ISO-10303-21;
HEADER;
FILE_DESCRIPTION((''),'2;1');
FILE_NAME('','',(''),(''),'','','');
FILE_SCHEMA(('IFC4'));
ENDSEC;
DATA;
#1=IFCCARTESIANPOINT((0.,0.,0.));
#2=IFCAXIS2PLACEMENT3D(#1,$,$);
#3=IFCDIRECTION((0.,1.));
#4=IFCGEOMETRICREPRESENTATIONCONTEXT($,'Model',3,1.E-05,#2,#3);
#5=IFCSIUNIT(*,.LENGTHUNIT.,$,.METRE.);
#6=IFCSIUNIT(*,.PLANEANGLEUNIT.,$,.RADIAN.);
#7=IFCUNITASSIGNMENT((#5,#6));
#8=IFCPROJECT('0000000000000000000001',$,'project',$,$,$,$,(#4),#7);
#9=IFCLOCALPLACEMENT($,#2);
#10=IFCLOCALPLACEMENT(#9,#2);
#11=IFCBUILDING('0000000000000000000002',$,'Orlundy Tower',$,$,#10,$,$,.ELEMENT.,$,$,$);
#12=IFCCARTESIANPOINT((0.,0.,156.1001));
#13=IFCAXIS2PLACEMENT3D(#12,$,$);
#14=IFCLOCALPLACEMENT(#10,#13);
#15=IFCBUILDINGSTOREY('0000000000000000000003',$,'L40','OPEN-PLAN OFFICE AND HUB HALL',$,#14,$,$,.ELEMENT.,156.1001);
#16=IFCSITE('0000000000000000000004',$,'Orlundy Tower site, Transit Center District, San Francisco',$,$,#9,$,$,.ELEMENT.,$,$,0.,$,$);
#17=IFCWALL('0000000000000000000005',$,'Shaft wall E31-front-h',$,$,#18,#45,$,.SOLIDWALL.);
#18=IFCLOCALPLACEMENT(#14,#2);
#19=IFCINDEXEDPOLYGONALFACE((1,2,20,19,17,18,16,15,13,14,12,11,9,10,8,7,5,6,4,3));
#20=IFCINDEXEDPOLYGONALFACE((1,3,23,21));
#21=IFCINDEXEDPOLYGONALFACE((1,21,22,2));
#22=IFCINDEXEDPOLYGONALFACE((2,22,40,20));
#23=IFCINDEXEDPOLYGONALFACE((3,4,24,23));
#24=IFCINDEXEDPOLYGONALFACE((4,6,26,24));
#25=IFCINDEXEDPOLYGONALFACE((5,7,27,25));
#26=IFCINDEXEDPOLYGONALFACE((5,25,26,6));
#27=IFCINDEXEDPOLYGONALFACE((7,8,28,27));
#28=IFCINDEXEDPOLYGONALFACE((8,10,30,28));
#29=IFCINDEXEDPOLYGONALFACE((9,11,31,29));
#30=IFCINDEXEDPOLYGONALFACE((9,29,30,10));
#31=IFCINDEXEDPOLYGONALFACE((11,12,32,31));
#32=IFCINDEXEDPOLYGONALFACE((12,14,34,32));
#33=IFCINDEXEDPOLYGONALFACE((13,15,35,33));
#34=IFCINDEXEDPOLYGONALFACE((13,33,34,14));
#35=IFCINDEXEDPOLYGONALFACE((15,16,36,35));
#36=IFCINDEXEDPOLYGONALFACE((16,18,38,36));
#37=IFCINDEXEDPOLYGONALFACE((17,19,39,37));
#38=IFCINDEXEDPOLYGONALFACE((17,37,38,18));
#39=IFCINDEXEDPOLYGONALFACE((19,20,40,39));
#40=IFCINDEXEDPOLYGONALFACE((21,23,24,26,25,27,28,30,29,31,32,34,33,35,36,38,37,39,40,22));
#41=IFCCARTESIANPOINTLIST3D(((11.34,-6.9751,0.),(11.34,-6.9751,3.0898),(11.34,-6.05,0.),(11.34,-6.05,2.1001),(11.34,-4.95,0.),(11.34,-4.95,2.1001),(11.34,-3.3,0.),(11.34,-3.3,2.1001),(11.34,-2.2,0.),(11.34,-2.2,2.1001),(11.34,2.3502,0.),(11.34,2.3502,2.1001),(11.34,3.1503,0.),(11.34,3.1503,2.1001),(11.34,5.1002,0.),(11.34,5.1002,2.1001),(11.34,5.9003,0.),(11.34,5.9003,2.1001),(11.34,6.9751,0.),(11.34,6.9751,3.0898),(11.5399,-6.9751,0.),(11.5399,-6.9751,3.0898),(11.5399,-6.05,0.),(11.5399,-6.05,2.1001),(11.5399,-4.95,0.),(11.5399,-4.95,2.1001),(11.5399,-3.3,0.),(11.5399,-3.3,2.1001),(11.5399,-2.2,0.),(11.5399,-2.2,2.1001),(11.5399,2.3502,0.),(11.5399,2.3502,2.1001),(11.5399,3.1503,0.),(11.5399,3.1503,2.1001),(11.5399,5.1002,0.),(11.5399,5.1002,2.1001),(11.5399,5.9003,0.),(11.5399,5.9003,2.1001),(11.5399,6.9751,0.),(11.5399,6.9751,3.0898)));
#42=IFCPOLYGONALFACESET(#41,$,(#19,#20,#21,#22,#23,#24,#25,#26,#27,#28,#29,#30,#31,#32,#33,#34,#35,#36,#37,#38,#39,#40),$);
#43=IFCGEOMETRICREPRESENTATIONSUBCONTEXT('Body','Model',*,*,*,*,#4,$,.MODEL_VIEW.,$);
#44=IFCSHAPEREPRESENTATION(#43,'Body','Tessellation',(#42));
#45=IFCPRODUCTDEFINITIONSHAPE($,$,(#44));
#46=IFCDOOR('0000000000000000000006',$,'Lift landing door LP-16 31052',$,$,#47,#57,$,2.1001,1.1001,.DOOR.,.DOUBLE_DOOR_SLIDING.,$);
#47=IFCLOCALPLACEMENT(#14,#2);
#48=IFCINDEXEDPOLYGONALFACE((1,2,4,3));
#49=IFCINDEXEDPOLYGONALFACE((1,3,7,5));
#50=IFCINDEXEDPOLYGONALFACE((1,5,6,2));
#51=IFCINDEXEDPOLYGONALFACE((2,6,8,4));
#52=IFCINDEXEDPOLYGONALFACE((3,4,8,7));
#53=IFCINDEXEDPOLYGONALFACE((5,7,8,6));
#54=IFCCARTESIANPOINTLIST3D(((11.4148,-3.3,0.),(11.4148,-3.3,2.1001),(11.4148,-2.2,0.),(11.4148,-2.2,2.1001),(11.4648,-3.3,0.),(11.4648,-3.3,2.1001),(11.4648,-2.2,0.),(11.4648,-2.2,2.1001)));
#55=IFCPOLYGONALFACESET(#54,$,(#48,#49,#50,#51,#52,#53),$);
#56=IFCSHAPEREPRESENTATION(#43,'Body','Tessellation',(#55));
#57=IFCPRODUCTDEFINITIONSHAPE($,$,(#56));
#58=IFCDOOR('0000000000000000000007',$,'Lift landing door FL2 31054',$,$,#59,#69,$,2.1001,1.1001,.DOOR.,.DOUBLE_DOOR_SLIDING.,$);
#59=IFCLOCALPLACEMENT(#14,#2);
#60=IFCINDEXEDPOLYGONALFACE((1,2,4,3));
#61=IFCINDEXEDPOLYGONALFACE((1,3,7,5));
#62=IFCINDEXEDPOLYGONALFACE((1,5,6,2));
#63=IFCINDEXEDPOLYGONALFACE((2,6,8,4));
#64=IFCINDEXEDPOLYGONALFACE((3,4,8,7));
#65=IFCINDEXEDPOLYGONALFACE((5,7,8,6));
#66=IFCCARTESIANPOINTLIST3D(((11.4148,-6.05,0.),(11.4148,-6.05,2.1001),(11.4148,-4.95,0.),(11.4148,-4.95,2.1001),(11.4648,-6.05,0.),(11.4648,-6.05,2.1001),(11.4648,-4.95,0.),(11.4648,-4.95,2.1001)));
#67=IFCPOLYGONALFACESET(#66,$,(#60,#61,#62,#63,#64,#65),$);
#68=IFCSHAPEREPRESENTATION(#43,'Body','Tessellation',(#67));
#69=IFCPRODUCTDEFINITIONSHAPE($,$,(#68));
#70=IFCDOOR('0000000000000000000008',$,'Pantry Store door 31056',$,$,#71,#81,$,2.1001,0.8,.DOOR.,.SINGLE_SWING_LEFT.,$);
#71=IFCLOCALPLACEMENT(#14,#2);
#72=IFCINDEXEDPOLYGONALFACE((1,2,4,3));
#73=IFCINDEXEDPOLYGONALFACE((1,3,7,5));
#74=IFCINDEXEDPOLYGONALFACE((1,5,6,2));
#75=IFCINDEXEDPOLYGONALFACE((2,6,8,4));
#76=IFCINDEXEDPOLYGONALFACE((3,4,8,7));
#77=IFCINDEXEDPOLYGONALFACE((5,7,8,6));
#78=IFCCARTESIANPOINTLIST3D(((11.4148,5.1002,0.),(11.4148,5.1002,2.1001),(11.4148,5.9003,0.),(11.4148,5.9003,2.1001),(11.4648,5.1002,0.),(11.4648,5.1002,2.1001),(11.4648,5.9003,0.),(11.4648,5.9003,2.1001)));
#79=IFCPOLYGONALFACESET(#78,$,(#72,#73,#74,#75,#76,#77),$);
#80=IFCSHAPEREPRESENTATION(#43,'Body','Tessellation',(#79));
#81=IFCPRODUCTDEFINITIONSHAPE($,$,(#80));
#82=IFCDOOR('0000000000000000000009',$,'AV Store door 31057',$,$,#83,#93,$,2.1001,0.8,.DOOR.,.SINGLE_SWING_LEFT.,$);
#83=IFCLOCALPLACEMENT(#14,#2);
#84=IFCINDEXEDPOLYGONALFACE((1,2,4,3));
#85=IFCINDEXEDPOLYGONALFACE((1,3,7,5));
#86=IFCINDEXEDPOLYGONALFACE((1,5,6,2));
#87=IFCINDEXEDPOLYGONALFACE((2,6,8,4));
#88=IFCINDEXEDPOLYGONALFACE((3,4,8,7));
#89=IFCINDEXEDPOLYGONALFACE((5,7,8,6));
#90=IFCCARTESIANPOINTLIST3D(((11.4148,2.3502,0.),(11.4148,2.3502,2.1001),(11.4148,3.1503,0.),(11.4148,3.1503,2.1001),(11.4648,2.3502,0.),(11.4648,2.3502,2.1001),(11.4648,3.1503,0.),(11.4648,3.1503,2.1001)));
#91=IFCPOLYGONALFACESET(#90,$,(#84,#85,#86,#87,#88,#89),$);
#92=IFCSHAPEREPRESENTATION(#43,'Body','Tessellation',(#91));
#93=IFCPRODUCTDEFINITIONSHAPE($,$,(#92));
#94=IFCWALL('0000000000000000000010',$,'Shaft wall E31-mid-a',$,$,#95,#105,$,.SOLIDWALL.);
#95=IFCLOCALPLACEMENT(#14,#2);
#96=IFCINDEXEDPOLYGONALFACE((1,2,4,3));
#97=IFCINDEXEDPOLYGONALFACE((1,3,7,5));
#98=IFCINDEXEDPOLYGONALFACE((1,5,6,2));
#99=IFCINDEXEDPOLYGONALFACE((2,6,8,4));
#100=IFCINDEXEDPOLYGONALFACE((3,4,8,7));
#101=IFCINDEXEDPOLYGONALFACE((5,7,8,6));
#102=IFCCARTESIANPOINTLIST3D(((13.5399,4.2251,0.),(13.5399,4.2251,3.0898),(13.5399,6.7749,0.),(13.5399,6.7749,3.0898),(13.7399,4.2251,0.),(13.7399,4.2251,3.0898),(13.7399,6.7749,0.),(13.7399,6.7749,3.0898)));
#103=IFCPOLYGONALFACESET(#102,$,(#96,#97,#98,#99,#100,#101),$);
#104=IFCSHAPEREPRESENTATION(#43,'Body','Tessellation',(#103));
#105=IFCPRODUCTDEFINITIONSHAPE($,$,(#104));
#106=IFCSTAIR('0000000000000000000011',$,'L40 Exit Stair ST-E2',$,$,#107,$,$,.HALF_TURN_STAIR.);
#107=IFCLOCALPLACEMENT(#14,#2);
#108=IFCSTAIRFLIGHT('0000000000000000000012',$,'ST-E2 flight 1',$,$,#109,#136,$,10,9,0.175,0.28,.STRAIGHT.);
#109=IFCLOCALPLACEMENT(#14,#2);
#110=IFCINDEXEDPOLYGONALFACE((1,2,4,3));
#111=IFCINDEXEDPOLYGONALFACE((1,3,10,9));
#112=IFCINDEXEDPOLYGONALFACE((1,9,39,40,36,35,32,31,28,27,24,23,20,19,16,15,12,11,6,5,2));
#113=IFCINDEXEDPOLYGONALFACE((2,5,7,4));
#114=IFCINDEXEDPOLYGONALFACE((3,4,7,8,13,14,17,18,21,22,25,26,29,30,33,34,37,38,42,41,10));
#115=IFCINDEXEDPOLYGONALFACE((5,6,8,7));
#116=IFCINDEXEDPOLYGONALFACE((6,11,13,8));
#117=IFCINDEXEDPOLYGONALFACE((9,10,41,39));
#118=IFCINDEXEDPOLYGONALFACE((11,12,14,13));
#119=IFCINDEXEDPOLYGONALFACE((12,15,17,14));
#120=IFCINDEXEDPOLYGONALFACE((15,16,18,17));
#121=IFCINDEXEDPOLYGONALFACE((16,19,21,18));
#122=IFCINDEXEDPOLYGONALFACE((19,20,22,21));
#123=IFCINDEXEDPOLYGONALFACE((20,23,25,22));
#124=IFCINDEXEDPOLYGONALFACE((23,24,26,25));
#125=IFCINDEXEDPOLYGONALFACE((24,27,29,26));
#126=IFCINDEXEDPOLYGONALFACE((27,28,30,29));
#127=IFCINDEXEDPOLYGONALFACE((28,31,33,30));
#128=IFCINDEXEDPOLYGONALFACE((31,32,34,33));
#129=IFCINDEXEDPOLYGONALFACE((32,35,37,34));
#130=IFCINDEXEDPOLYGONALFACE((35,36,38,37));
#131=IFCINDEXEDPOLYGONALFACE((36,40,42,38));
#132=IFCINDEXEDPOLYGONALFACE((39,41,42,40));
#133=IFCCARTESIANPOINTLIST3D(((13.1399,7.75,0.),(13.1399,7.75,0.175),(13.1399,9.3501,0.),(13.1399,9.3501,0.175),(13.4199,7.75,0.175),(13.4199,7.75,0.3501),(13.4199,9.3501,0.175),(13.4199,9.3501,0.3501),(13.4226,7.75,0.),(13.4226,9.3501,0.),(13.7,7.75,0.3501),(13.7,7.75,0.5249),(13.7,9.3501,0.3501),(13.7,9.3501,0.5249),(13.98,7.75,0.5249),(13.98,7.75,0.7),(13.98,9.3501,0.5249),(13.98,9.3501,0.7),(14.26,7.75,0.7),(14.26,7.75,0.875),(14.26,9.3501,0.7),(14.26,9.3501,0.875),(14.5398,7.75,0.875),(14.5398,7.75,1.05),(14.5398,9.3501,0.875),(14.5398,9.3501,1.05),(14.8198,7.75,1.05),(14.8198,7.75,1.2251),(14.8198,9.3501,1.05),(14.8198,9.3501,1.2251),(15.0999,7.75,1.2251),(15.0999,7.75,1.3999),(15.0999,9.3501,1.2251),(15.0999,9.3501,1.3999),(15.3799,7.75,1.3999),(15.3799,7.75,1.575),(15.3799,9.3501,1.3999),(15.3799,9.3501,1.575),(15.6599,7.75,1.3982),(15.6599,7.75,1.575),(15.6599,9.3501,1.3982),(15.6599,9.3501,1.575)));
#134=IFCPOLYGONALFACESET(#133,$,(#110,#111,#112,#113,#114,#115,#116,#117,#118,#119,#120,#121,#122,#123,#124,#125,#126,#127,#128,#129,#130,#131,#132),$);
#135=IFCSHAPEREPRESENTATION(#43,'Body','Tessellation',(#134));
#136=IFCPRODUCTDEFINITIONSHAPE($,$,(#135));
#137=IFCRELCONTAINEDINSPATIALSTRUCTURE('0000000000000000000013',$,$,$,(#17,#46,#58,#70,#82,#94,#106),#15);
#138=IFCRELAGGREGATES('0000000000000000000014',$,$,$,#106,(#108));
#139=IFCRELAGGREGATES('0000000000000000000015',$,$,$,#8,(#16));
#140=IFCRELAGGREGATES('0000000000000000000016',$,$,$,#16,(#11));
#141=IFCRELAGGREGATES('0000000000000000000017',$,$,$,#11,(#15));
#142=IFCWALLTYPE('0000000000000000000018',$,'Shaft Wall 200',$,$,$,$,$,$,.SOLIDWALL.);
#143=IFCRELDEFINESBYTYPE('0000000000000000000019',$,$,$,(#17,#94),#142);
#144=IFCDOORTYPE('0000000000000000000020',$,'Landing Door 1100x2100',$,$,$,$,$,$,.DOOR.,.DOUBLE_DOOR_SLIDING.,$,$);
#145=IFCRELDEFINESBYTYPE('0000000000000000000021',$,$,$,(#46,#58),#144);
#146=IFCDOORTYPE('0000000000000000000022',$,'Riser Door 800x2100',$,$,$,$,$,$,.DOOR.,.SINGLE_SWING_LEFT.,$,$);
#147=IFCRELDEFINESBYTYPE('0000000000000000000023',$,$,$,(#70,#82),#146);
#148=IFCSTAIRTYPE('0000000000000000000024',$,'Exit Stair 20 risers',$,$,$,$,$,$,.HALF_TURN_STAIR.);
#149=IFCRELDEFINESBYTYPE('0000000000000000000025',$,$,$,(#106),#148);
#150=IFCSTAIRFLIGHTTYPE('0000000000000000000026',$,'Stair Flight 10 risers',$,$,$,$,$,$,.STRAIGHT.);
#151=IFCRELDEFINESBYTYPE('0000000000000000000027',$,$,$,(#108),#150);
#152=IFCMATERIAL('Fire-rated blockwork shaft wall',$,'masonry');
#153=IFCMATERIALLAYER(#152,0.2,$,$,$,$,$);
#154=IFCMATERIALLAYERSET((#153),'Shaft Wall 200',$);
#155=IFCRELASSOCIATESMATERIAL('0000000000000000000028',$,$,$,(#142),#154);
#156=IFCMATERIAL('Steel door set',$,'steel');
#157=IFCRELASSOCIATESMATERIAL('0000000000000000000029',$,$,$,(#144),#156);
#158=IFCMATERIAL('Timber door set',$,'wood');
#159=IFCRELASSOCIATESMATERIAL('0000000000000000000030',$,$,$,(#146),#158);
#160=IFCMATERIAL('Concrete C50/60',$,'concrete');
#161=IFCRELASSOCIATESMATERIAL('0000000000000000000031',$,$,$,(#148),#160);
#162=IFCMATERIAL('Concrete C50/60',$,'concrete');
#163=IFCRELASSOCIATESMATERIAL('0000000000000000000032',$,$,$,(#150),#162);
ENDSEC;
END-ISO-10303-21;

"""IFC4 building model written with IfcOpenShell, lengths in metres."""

from ifc_helpers import new_model, si_unit, direction, frame, frame_2d, origin, place, context, subcontext, project, spatial, polyline, rectangle, outline, extrude, material, layer, layer_set, type_object, element, fill, aggregate, save


model = new_model("IFC4")

# Units and contexts
model_context = context("Model", 3, precision=1e-05, world=origin(), true_north=direction((0.0, 1.0)))
body_context = subcontext(model_context, "Body", "Model", "MODEL_VIEW")
ifc_project = project(units=[si_unit("LENGTHUNIT", "METRE"), si_unit("PLANEANGLEUNIT", "RADIAN")], contexts=[model_context])

# Site, building, storey
site_placement = place(None, origin())
site = spatial("IfcSite", under=ifc_project, at=site_placement, Name="Orlundy Tower site, Transit Center District, San Francisco", CompositionType="ELEMENT", RefElevation=0.0)
building_placement = place(site_placement, origin())
building = spatial("IfcBuilding", under=site, at=building_placement, Name="Orlundy Tower", CompositionType="ELEMENT")
storey_placement = place(building_placement, frame((0.0, 0.0, 156.1001)))
storey = spatial("IfcBuildingStorey", under=building, at=storey_placement, Name="L40", Description="OPEN-PLAN OFFICE AND HUB HALL", CompositionType="ELEMENT", Elevation=156.1001)

# Shared definitions
ifc_material_1 = material(Name="Fire-rated blockwork shaft wall", Category="masonry")
ifc_layer_1 = layer(ifc_material_1, 0.2)
ifc_layer_set_1 = layer_set([ifc_layer_1], Name="Shaft Wall 200")
wall_type_1 = type_object("IfcWallType", Name="Shaft Wall 200", PredefinedType="SOLIDWALL", material=ifc_layer_set_1)

# Wall, openings, doors
wall_1_placement = place(storey_placement, frame((11.4399, 6.9751, 0.0), z_axis=(0.0, 0.0, 1.0), x_axis=(0.0, -1.0, 0.0)))
wall_1 = element("IfcWall", 1, at=wall_1_placement, inside=storey, type_object=wall_type_1, Name="Shaft wall E31-front-h", PredefinedType="SOLIDWALL", context=body_context, shape_type="SweptSolid", body=[
    extrude(rectangle(XDim=13.9502, YDim=0.2, at=frame_2d((6.9751, 0.0))), origin(), (0.0, 0.0, 1.0), 3.0898),
])
opening_1_placement = place(wall_1_placement, frame((9.175, 0.0, 0.0)))
opening_1 = element("IfcOpeningElement", 2, at=opening_1_placement, cuts=wall_1, PredefinedType="OPENING", context=body_context, shape_type="SweptSolid", body=[
    extrude(rectangle(XDim=1.1001, YDim=2.1001, at=frame_2d((0.55, 1.05))), frame((0.0, 0.1101, 0.0), z_axis=(0.0, -1.0, 0.0), x_axis=(1.0, 0.0, 0.0)), (0.0, 0.0, 1.0), 0.2202),
])
opening_2_placement = place(wall_1_placement, frame((11.925, 0.0, 0.0)))
opening_2 = element("IfcOpeningElement", 3, at=opening_2_placement, cuts=wall_1, PredefinedType="OPENING", context=body_context, shape_type="SweptSolid", body=[
    extrude(rectangle(XDim=1.1001, YDim=2.1001, at=frame_2d((0.55, 1.05))), frame((0.0, 0.1101, 0.0), z_axis=(0.0, -1.0, 0.0), x_axis=(1.0, 0.0, 0.0)), (0.0, 0.0, 1.0), 0.2202),
])
opening_3_placement = place(wall_1_placement, frame((1.075, 0.0, 0.0)))
opening_3 = element("IfcOpeningElement", 4, at=opening_3_placement, cuts=wall_1, PredefinedType="OPENING", context=body_context, shape_type="SweptSolid", body=[
    extrude(rectangle(XDim=0.8, YDim=2.1001, at=frame_2d((0.3999, 1.05))), frame((0.0, 0.1101, 0.0), z_axis=(0.0, -1.0, 0.0), x_axis=(1.0, 0.0, 0.0)), (0.0, 0.0, 1.0), 0.2202),
])
opening_4_placement = place(wall_1_placement, frame((3.825, 0.0, 0.0)))
opening_4 = element("IfcOpeningElement", 5, at=opening_4_placement, cuts=wall_1, PredefinedType="OPENING", context=body_context, shape_type="SweptSolid", body=[
    extrude(rectangle(XDim=0.8, YDim=2.1001, at=frame_2d((0.3999, 1.05))), frame((0.0, 0.1101, 0.0), z_axis=(0.0, -1.0, 0.0), x_axis=(1.0, 0.0, 0.0)), (0.0, 0.0, 1.0), 0.2202),
])
ifc_material_2 = material(Name="Steel door set", Category="steel")
door_type_1 = type_object("IfcDoorType", Name="Landing Door 1100x2100", OperationType="DOUBLE_DOOR_SLIDING", PredefinedType="DOOR", material=ifc_material_2)
door_1_placement = place(opening_1_placement, origin())
door_1 = element("IfcDoor", 6, at=door_1_placement, inside=storey, type_object=door_type_1, Name="Lift landing door LP-16 31052", OperationType="DOUBLE_DOOR_SLIDING", OverallHeight=2.1001, OverallWidth=1.1001, PredefinedType="DOOR", context=body_context, shape_type="SweptSolid", body=[
    extrude(rectangle(XDim=1.1001, YDim=2.1001, at=frame_2d((0.55, 1.05))), frame((0.0, 0.0249, 0.0), z_axis=(0.0, -1.0, 0.0), x_axis=(1.0, 0.0, 0.0)), (0.0, 0.0, 1.0), 0.05),
])
fill(opening_1, door_1)
door_2_placement = place(opening_2_placement, origin())
door_2 = element("IfcDoor", 7, at=door_2_placement, inside=storey, type_object=door_type_1, Name="Lift landing door FL2 31054", OperationType="DOUBLE_DOOR_SLIDING", OverallHeight=2.1001, OverallWidth=1.1001, PredefinedType="DOOR", context=body_context, shape_type="SweptSolid", body=[
    extrude(rectangle(XDim=1.1001, YDim=2.1001, at=frame_2d((0.55, 1.05))), frame((0.0, 0.0249, 0.0), z_axis=(0.0, -1.0, 0.0), x_axis=(1.0, 0.0, 0.0)), (0.0, 0.0, 1.0), 0.05),
])
fill(opening_2, door_2)
ifc_material_3 = material(Name="Timber door set", Category="wood")
door_type_2 = type_object("IfcDoorType", Name="Riser Door 800x2100", OperationType="SINGLE_SWING_LEFT", PredefinedType="DOOR", material=ifc_material_3)
door_3_placement = place(opening_3_placement, origin())
door_3 = element("IfcDoor", 8, at=door_3_placement, inside=storey, type_object=door_type_2, Name="Pantry Store door 31056", OperationType="SINGLE_SWING_LEFT", OverallHeight=2.1001, OverallWidth=0.8, PredefinedType="DOOR", context=body_context, shape_type="SweptSolid", body=[
    extrude(rectangle(XDim=0.8, YDim=2.1001, at=frame_2d((0.3999, 1.05))), frame((0.0, 0.0249, 0.0), z_axis=(0.0, -1.0, 0.0), x_axis=(1.0, 0.0, 0.0)), (0.0, 0.0, 1.0), 0.05),
])
fill(opening_3, door_3)
door_4_placement = place(opening_4_placement, origin())
door_4 = element("IfcDoor", 9, at=door_4_placement, inside=storey, type_object=door_type_2, Name="AV Store door 31057", OperationType="SINGLE_SWING_LEFT", OverallHeight=2.1001, OverallWidth=0.8, PredefinedType="DOOR", context=body_context, shape_type="SweptSolid", body=[
    extrude(rectangle(XDim=0.8, YDim=2.1001, at=frame_2d((0.3999, 1.05))), frame((0.0, 0.0249, 0.0), z_axis=(0.0, -1.0, 0.0), x_axis=(1.0, 0.0, 0.0)), (0.0, 0.0, 1.0), 0.05),
])
fill(opening_4, door_4)

# Wall
wall_2_placement = place(storey_placement, frame((13.6399, 6.7749, 0.0), z_axis=(0.0, 0.0, 1.0), x_axis=(0.0, -1.0, 0.0)))
element("IfcWall", 10, at=wall_2_placement, inside=storey, type_object=wall_type_1, Name="Shaft wall E31-mid-a", PredefinedType="SOLIDWALL", context=body_context, shape_type="SweptSolid", body=[
    extrude(rectangle(XDim=2.5498, YDim=0.2, at=frame_2d((1.2749, 0.0))), origin(), (0.0, 0.0, 1.0), 3.0898),
])

# Stair, stair flight
ifc_material_4 = material(Name="Concrete C50/60", Category="concrete")
stair_type = type_object("IfcStairType", Name="Exit Stair 20 risers", PredefinedType="HALF_TURN_STAIR", material=ifc_material_4)
stair_placement = place(storey_placement, origin())
stair = element("IfcStair", 11, at=stair_placement, inside=storey, type_object=stair_type, Name="L40 Exit Stair ST-E2", PredefinedType="HALF_TURN_STAIR")
ifc_material_5 = material(Name="Concrete C50/60", Category="concrete")
stair_flight_type = type_object("IfcStairFlightType", Name="Stair Flight 10 risers", PredefinedType="STRAIGHT", material=ifc_material_5)
stair_flight_placement = place(storey_placement, frame((13.1399, 8.55, 0.0), z_axis=(0.0, 0.0, 1.0), x_axis=(1.0, 0.0, 0.0)))
stair_flight = element("IfcStairFlight", 12, at=stair_flight_placement, type_object=stair_flight_type, Name="ST-E2 flight 1", NumberOfRisers=10, NumberOfTreads=9, PredefinedType="STRAIGHT", RiserHeight=0.175, TreadLength=0.28, context=body_context, shape_type="SweptSolid", body=[
    extrude(outline(polyline([(0.0, 0.0), (0.0, 0.175), (0.28, 0.175), (0.28, 0.3501), (0.5601, 0.3501), (0.5601, 0.5249), (0.8401, 0.5249), (0.8401, 0.7), (1.1201, 0.7), (1.1201, 0.875), (1.3999, 0.875), (1.3999, 1.05), (1.6799, 1.05), (1.6799, 1.2251), (1.96, 1.2251), (1.96, 1.3999), (2.24, 1.3999), (2.24, 1.575), (2.52, 1.575), (2.52, 1.75), (2.52, 1.3982), (0.2827, 0.0), (0.0, 0.0)])), frame((0.0, 0.8, 0.0), z_axis=(0.0, -1.0, 0.0), x_axis=(1.0, 0.0, 0.0)), (0.0, 0.0, 1.0), 1.6001),
])
aggregate(stair, [stair_flight])

save(model, "model.ifc")
